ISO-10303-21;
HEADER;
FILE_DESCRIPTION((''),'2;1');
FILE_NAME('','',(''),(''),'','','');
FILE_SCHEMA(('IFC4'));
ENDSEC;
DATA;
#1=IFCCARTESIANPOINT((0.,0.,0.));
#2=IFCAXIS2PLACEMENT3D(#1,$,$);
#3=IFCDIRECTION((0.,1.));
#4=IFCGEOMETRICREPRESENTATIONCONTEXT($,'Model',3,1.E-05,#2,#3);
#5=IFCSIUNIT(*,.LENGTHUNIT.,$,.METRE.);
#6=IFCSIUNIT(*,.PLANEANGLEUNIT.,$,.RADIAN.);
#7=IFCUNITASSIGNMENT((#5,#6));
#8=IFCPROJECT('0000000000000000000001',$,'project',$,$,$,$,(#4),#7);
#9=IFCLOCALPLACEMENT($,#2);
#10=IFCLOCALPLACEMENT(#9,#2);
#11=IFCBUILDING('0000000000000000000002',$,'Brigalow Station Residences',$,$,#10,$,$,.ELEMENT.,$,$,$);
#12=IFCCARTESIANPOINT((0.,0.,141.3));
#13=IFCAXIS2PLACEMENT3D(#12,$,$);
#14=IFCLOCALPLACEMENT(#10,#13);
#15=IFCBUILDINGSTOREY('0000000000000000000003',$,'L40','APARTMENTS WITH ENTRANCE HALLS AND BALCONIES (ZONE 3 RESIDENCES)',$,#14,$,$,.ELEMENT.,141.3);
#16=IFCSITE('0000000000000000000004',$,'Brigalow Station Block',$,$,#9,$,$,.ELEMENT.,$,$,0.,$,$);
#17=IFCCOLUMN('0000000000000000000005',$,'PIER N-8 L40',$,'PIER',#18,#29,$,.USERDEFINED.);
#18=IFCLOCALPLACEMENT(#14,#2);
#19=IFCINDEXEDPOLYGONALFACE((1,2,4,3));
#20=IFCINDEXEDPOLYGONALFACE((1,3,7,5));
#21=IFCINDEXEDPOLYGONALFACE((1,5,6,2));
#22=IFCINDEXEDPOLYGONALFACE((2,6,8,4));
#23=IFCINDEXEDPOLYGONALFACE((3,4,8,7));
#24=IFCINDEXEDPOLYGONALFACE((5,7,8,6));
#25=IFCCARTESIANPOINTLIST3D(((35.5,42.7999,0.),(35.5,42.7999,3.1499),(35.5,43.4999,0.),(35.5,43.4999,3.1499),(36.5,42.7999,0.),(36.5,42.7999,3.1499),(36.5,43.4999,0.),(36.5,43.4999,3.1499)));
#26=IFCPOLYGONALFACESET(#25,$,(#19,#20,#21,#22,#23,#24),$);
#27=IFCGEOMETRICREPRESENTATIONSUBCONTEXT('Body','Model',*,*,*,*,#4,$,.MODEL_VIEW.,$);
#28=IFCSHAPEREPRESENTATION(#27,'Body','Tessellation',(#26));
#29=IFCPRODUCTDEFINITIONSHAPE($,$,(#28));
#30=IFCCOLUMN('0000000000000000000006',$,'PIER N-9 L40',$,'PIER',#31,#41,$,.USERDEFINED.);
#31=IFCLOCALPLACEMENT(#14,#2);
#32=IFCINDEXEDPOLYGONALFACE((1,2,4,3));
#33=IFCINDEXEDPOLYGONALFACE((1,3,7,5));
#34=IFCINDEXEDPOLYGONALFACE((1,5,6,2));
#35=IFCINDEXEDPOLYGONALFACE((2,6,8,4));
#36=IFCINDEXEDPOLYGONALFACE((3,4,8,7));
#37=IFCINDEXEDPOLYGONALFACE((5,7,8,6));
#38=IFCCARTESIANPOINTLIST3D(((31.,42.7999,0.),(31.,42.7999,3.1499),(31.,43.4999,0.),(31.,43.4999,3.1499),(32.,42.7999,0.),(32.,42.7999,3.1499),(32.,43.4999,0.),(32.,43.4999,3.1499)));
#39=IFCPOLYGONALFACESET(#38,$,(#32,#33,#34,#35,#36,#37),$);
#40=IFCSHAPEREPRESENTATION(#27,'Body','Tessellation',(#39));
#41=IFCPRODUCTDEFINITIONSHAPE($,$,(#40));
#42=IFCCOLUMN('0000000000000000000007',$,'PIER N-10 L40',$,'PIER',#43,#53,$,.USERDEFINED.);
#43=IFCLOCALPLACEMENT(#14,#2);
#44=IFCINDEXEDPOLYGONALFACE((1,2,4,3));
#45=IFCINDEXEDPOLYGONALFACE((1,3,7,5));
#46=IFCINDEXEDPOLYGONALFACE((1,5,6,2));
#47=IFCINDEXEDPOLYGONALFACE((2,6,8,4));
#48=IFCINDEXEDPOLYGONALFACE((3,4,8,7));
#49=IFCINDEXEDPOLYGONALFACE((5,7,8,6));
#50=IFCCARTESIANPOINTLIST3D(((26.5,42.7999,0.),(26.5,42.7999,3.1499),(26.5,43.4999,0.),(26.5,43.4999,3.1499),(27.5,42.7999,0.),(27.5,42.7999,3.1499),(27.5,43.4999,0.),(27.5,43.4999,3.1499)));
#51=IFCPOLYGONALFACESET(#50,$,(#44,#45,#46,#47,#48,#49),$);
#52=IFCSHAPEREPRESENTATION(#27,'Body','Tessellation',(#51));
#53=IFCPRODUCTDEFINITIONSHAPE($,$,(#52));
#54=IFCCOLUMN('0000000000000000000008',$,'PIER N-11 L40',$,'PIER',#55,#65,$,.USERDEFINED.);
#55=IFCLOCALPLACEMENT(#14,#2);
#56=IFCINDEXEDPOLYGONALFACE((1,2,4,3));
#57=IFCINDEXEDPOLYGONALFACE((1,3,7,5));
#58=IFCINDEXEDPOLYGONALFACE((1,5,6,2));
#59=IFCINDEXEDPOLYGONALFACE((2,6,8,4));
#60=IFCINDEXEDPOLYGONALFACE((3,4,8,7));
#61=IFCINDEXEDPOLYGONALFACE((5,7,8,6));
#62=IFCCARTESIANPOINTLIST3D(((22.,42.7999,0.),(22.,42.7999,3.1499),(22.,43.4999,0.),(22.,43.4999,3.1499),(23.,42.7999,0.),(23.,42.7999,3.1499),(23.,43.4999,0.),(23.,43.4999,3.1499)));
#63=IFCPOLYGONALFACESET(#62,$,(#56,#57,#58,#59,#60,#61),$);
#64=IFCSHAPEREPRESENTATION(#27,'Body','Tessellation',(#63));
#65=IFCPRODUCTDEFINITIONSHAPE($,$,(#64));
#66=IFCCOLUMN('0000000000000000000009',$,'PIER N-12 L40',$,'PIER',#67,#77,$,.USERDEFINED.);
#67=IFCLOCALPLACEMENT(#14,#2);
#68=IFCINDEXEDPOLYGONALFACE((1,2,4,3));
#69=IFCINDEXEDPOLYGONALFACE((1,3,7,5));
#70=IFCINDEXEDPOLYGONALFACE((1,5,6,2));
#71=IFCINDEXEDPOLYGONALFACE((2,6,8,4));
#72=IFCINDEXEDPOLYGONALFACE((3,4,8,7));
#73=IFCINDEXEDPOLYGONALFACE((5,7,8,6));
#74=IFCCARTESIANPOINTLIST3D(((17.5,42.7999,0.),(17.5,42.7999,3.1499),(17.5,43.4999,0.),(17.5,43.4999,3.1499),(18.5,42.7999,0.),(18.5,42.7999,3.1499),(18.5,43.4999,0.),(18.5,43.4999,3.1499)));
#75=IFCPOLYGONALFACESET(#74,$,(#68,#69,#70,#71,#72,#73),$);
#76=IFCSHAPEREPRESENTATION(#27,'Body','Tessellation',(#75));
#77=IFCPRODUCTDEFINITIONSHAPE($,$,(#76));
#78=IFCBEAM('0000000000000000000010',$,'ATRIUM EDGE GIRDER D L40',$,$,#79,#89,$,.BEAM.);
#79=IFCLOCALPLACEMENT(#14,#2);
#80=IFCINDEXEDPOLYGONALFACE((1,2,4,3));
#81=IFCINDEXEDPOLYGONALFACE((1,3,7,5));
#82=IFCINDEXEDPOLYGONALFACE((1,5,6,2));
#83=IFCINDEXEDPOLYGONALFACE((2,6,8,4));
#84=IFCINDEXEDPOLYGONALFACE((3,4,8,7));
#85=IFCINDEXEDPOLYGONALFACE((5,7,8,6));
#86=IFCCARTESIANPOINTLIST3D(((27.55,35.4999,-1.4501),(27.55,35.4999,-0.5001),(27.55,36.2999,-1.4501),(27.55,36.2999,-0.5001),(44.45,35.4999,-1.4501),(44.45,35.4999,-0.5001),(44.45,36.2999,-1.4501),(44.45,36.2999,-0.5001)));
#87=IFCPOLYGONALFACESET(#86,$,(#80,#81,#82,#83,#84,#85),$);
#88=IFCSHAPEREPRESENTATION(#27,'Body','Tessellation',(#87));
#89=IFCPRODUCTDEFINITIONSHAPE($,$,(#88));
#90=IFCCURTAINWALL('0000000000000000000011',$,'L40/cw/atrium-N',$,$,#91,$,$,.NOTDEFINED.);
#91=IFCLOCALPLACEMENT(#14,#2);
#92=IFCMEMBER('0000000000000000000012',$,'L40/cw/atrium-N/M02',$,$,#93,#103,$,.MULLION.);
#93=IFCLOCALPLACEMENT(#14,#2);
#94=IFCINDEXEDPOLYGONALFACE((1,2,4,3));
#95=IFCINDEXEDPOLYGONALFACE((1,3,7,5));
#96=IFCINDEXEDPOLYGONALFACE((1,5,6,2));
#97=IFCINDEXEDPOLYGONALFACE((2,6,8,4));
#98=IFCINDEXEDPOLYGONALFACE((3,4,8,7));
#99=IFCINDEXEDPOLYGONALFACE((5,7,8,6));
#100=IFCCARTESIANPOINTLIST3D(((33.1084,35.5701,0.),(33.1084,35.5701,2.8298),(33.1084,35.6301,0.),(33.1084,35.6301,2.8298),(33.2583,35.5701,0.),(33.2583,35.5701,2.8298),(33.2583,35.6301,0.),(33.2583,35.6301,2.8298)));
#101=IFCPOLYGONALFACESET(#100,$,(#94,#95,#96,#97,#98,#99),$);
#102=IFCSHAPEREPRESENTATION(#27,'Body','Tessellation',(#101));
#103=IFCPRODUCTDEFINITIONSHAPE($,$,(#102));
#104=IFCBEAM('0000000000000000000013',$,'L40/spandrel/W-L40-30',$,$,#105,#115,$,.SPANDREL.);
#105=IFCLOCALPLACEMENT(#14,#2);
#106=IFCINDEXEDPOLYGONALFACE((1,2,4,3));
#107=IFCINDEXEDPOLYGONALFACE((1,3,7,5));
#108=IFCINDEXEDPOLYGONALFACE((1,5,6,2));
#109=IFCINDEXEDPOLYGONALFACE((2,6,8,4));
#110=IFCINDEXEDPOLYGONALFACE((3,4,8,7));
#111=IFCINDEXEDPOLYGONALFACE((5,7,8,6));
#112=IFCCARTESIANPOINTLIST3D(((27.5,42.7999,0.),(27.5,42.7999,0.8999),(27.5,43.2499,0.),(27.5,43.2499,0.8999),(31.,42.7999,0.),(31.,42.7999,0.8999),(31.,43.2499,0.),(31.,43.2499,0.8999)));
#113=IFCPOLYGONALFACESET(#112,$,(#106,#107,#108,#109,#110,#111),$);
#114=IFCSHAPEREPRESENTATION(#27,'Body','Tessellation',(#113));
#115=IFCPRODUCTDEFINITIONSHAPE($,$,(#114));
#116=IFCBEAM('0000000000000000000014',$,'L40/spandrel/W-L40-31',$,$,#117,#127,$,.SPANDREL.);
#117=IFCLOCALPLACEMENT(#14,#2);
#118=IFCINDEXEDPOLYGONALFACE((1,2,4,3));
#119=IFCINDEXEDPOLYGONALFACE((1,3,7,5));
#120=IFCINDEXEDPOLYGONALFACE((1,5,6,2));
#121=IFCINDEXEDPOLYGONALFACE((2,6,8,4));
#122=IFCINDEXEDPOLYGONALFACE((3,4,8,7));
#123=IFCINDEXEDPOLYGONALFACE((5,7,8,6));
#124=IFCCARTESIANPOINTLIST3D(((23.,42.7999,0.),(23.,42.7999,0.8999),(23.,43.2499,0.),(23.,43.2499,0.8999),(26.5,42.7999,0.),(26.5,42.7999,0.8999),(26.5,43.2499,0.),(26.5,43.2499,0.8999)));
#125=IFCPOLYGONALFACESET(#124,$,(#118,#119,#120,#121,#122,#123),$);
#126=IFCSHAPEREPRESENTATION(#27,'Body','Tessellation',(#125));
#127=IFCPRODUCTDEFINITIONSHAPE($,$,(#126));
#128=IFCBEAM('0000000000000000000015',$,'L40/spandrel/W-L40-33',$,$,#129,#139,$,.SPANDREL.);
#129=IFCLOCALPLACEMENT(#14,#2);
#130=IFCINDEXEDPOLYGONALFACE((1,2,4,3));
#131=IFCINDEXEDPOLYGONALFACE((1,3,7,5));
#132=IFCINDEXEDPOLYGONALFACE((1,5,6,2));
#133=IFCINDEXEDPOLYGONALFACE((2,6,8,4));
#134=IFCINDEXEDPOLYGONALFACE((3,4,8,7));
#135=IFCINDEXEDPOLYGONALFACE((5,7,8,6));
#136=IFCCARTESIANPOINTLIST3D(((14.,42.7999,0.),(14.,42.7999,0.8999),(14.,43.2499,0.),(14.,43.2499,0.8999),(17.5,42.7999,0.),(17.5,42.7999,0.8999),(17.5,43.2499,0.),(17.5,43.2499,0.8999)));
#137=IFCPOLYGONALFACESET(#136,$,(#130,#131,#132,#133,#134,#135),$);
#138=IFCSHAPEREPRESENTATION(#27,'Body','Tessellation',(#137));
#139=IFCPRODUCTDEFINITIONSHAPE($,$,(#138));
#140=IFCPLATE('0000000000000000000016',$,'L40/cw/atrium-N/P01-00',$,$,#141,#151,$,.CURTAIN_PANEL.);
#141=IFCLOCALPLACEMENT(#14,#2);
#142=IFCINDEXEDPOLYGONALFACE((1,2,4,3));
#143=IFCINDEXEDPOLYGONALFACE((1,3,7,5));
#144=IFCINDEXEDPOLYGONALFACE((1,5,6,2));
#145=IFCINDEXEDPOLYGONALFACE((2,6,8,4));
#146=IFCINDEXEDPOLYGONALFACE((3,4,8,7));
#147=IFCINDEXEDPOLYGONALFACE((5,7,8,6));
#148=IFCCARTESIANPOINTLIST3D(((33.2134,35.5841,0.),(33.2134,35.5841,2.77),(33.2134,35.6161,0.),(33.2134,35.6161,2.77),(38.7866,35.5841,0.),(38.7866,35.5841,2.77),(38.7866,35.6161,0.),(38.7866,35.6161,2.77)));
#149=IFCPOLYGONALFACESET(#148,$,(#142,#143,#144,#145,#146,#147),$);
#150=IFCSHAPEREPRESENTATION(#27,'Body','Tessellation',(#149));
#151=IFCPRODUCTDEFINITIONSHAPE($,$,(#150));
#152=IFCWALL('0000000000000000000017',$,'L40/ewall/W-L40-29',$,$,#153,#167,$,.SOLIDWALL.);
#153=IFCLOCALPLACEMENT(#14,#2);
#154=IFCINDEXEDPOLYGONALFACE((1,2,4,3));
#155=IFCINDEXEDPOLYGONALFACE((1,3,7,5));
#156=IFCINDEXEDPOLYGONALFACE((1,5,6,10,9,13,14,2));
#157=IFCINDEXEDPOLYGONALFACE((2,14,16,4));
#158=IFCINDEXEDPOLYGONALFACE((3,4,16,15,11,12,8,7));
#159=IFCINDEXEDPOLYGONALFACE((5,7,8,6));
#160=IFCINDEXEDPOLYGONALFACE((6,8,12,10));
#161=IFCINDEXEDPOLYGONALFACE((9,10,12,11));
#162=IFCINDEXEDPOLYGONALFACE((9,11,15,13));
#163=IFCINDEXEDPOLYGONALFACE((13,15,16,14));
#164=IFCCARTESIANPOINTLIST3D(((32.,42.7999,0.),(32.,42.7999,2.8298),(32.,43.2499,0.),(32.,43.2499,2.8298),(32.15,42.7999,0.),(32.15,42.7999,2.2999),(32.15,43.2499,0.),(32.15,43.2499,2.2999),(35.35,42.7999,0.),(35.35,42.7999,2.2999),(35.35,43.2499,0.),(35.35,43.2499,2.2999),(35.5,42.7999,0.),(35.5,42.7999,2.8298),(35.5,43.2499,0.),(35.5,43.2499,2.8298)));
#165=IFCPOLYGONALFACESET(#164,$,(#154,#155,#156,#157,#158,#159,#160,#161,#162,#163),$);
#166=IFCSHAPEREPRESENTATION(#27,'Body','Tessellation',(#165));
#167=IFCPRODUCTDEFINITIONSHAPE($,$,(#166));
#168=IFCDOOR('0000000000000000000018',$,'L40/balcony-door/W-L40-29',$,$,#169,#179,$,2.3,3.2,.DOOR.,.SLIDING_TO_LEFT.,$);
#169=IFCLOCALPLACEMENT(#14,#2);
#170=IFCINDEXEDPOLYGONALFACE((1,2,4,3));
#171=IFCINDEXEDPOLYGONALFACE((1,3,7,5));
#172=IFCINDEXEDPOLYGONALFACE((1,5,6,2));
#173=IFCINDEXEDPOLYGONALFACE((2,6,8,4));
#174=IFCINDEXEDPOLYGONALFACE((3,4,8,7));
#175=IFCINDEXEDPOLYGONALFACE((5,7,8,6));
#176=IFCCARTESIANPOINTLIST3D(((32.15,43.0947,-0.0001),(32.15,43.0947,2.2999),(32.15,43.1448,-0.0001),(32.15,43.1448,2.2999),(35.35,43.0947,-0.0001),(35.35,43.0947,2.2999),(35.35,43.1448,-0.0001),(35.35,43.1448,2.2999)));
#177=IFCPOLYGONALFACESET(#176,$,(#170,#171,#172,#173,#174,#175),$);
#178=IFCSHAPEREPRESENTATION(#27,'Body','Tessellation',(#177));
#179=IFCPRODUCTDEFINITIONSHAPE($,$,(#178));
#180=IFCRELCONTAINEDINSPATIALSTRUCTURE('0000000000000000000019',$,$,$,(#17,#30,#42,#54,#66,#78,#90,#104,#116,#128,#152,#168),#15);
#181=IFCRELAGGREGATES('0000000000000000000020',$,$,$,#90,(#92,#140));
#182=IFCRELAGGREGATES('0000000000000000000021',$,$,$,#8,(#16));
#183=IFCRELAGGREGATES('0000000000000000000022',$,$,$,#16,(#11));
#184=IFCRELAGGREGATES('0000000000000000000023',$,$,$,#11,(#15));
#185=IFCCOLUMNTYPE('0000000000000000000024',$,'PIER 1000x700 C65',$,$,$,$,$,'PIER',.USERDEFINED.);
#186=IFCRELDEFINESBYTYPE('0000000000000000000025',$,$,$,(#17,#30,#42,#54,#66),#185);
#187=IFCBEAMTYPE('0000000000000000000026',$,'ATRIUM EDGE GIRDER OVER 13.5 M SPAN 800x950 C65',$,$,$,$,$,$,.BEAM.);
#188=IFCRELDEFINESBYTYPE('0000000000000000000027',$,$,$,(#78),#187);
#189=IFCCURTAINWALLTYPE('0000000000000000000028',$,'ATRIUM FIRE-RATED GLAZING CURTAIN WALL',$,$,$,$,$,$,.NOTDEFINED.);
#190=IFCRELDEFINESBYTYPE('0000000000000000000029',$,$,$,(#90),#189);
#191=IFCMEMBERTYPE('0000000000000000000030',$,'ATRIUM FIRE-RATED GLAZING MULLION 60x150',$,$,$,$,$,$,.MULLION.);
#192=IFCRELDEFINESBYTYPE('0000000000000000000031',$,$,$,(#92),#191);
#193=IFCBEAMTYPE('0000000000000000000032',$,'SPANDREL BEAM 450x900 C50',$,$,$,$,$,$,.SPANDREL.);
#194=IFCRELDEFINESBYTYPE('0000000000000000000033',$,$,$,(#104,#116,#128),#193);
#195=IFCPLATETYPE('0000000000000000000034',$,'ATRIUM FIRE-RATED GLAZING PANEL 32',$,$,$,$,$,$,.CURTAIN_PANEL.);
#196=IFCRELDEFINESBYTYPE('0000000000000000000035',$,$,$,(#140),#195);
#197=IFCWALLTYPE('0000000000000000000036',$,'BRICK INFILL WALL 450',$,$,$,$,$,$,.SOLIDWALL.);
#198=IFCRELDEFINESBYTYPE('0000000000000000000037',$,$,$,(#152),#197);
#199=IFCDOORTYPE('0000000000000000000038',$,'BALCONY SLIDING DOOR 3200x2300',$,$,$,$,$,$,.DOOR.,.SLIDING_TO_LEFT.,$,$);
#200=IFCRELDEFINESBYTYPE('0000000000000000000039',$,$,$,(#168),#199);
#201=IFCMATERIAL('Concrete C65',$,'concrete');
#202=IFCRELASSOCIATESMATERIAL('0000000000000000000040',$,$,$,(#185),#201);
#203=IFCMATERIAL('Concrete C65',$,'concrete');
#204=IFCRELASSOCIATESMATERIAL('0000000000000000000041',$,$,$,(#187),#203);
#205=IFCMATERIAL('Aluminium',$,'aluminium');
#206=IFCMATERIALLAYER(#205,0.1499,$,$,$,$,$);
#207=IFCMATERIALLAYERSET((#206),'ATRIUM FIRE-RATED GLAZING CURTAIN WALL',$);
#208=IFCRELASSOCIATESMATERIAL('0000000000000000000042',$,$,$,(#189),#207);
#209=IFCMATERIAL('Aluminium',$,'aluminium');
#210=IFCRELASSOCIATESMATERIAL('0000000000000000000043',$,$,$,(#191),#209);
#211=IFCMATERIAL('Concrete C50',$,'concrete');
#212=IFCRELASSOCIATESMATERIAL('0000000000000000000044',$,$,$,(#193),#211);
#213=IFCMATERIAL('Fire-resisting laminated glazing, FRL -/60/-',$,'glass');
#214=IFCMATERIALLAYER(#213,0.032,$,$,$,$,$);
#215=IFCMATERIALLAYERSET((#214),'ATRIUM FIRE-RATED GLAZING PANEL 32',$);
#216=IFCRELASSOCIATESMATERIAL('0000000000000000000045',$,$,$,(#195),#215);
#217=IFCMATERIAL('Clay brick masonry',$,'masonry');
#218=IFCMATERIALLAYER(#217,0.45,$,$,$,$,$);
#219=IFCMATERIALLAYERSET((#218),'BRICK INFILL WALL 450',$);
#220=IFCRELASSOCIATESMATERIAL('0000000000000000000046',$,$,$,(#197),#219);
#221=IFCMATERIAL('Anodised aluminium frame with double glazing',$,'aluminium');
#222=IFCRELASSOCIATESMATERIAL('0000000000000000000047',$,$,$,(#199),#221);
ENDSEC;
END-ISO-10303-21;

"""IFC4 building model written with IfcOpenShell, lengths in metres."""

from ifc_helpers import new_model, si_unit, direction, frame, frame_2d, origin, origin_2d, place, context, subcontext, project, spatial, rectangle, extrude, material, layer, layer_set, material_profile, profile_set, type_object, element, fill, aggregate, save


model = new_model("IFC4")

# Units and contexts
model_context = context("Model", 3, precision=1e-05, world=origin(), true_north=direction((0.0, 1.0)))
body_context = subcontext(model_context, "Body", "Model", "MODEL_VIEW")
ifc_project = project(units=[si_unit("LENGTHUNIT", "METRE"), si_unit("PLANEANGLEUNIT", "RADIAN")], contexts=[model_context])

# Site, building, storey
site_placement = place(None, origin())
site = spatial("IfcSite", under=ifc_project, at=site_placement, Name="Brigalow Station Block", CompositionType="ELEMENT", RefElevation=0.0)
building_placement = place(site_placement, origin())
building = spatial("IfcBuilding", under=site, at=building_placement, Name="Brigalow Station Residences", CompositionType="ELEMENT")
storey_placement = place(building_placement, frame((0.0, 0.0, 141.3)))
storey = spatial("IfcBuildingStorey", under=building, at=storey_placement, Name="L40", Description="APARTMENTS WITH ENTRANCE HALLS AND BALCONIES (ZONE 3 RESIDENCES)", CompositionType="ELEMENT", Elevation=141.3)

# Columns
ifc_material_1 = material(Name="Concrete C65", Category="concrete")
ifc_material_profile_1 = material_profile(ifc_material_1, rectangle(XDim=1.0, YDim=0.7, at=origin_2d()), Name="RC1000x700")
ifc_profile_set_1 = profile_set([ifc_material_profile_1], Name="Concrete C65")
column_type = type_object("IfcColumnType", Name="PIER 1000x700 C65", ElementType="PIER", PredefinedType="USERDEFINED", material=ifc_profile_set_1)
for number, where, z_axis, x_axis, name in (
    (1, (36.0, 43.1499, 0.0), (0.0, 0.0, 1.0), (-1.0, 0.0, 0.0), "PIER N-8 L40"),
    (2, (31.5, 43.1499, 0.0), (0.0, 0.0, 1.0), (-1.0, 0.0, 0.0), "PIER N-9 L40"),
    (3, (27.0, 43.1499, 0.0), (0.0, 0.0, 1.0), (-1.0, 0.0, 0.0), "PIER N-10 L40"),
    (4, (22.5, 43.1499, 0.0), (0.0, 0.0, 1.0), (-1.0, 0.0, 0.0), "PIER N-11 L40"),
    (5, (18.0, 43.1499, 0.0), (0.0, 0.0, 1.0), (-1.0, 0.0, 0.0), "PIER N-12 L40"),
):
    element("IfcColumn", number, at=place(storey_placement, frame(where, z_axis=z_axis, x_axis=x_axis)), inside=storey, type_object=column_type, Name=name, ObjectType="PIER", PredefinedType="USERDEFINED", context=body_context, shape_type="SweptSolid", body=[
        extrude(rectangle(XDim=1.0, YDim=0.7, at=origin_2d()), origin(), (0.0, 0.0, 1.0), 3.1499),
    ])

# Beam
ifc_material_2 = material(Name="Concrete C65", Category="concrete")
ifc_material_profile_2 = material_profile(ifc_material_2, rectangle(XDim=0.8, YDim=0.95, at=origin_2d()), Name="RC800x950")
ifc_profile_set_2 = profile_set([ifc_material_profile_2], Name="Concrete C65")
beam_type_1 = type_object("IfcBeamType", Name="ATRIUM EDGE GIRDER OVER 13.5 M SPAN 800x950 C65", PredefinedType="BEAM", material=ifc_profile_set_2)
beam_placement = place(storey_placement, frame((27.55, 35.8999, -0.9751), z_axis=(1.0, 0.0, 0.0), x_axis=(0.0, 1.0, 0.0)))
element("IfcBeam", 6, at=beam_placement, inside=storey, type_object=beam_type_1, Name="ATRIUM EDGE GIRDER D L40", PredefinedType="BEAM", context=body_context, shape_type="SweptSolid", body=[
    extrude(rectangle(XDim=0.8, YDim=0.95, at=origin_2d()), origin(), (0.0, 0.0, 1.0), 16.8999),
])

# Curtain wall, member
ifc_material_3 = material(Name="Aluminium", Category="aluminium")
ifc_layer_1 = layer(ifc_material_3, 0.1499)
ifc_layer_set_1 = layer_set([ifc_layer_1], Name="ATRIUM FIRE-RATED GLAZING CURTAIN WALL")
curtain_wall_type = type_object("IfcCurtainWallType", Name="ATRIUM FIRE-RATED GLAZING CURTAIN WALL", PredefinedType="NOTDEFINED", material=ifc_layer_set_1)
curtain_wall_placement = place(storey_placement, origin())
curtain_wall = element("IfcCurtainWall", 7, at=curtain_wall_placement, inside=storey, type_object=curtain_wall_type, Name="L40/cw/atrium-N", PredefinedType="NOTDEFINED")
ifc_material_4 = material(Name="Aluminium", Category="aluminium")
ifc_material_profile_3 = material_profile(ifc_material_4, rectangle(XDim=0.0601, YDim=0.1499, at=origin_2d()), Name="ATRIUM FIRE-RATED GLAZING MULLION 60x150")
ifc_profile_set_3 = profile_set([ifc_material_profile_3], Name="Aluminium")
member_type = type_object("IfcMemberType", Name="ATRIUM FIRE-RATED GLAZING MULLION 60x150", PredefinedType="MULLION", material=ifc_profile_set_3)
member_placement = place(storey_placement, frame((33.1833, 35.6001, 0.0), z_axis=(0.0, 0.0, 1.0), x_axis=(0.0, -1.0, 0.0)))
member = element("IfcMember", 8, at=member_placement, type_object=member_type, Name="L40/cw/atrium-N/M02", PredefinedType="MULLION", context=body_context, shape_type="SweptSolid", body=[
    extrude(rectangle(XDim=0.0601, YDim=0.1499, at=origin_2d()), origin(), (0.0, 0.0, 1.0), 2.8298),
])

# Beams
ifc_material_5 = material(Name="Concrete C50", Category="concrete")
ifc_material_profile_4 = material_profile(ifc_material_5, rectangle(XDim=0.45, YDim=0.8999, at=origin_2d()), Name="RC450x900")
ifc_profile_set_4 = profile_set([ifc_material_profile_4], Name="Concrete C50")
beam_type_2 = type_object("IfcBeamType", Name="SPANDREL BEAM 450x900 C50", PredefinedType="SPANDREL", material=ifc_profile_set_4)
for number, where, z_axis, x_axis, name in (
    (9, (31.0, 43.0249, 0.45), (-1.0, 0.0, 0.0), (0.0, -1.0, 0.0), "L40/spandrel/W-L40-30"),
    (10, (26.5, 43.0249, 0.45), (-1.0, 0.0, 0.0), (0.0, -1.0, 0.0), "L40/spandrel/W-L40-31"),
    (11, (17.5, 43.0249, 0.45), (-1.0, 0.0, 0.0), (0.0, -1.0, 0.0), "L40/spandrel/W-L40-33"),
):
    element("IfcBeam", number, at=place(storey_placement, frame(where, z_axis=z_axis, x_axis=x_axis)), inside=storey, type_object=beam_type_2, Name=name, PredefinedType="SPANDREL", context=body_context, shape_type="SweptSolid", body=[
        extrude(rectangle(XDim=0.45, YDim=0.8999, at=origin_2d()), origin(), (0.0, 0.0, 1.0), 3.5),
    ])

# Plate
ifc_material_6 = material(Name="Fire-resisting laminated glazing, FRL -/60/-", Category="glass")
ifc_layer_2 = layer(ifc_material_6, 0.032)
ifc_layer_set_2 = layer_set([ifc_layer_2], Name="ATRIUM FIRE-RATED GLAZING PANEL 32")
plate_type = type_object("IfcPlateType", Name="ATRIUM FIRE-RATED GLAZING PANEL 32", PredefinedType="CURTAIN_PANEL", material=ifc_layer_set_2)
plate_placement = place(storey_placement, frame((36.0, 35.6001, 0.0), z_axis=(0.0, 0.0, 1.0), x_axis=(-1.0, 0.0, 0.0)))
plate = element("IfcPlate", 12, at=plate_placement, type_object=plate_type, Name="L40/cw/atrium-N/P01-00", PredefinedType="CURTAIN_PANEL", context=body_context, shape_type="SweptSolid", body=[
    extrude(rectangle(XDim=5.5732, YDim=0.032, at=origin_2d()), origin(), (0.0, 0.0, 1.0), 2.77),
])
aggregate(curtain_wall, [member, plate])

# Wall, opening, door
ifc_material_7 = material(Name="Clay brick masonry", Category="masonry")
ifc_layer_3 = layer(ifc_material_7, 0.45)
ifc_layer_set_3 = layer_set([ifc_layer_3], Name="BRICK INFILL WALL 450")
wall_type_1 = type_object("IfcWallType", Name="BRICK INFILL WALL 450", PredefinedType="SOLIDWALL", material=ifc_layer_set_3)
wall_1_placement = place(storey_placement, frame((35.5, 43.0249, 0.0), z_axis=(0.0, 0.0, 1.0), x_axis=(-1.0, 0.0, 0.0)))
wall_1 = element("IfcWall", 13, at=wall_1_placement, inside=storey, type_object=wall_type_1, Name="L40/ewall/W-L40-29", PredefinedType="SOLIDWALL", context=body_context, shape_type="SweptSolid", body=[
    extrude(rectangle(XDim=3.5, YDim=0.45, at=frame_2d((1.75, 0.0))), origin(), (0.0, 0.0, 1.0), 2.8298),
])
opening_1_placement = place(wall_1_placement, frame((0.1499, 0.0, 0.0)))
opening_1 = element("IfcOpeningElement", 14, at=opening_1_placement, cuts=wall_1, PredefinedType="OPENING", context=body_context, shape_type="SweptSolid", body=[
    extrude(rectangle(XDim=3.2, YDim=2.3, at=frame_2d((1.6001, 1.1499))), frame((0.0, 0.2349, 0.0), z_axis=(0.0, -1.0, 0.0), x_axis=(1.0, 0.0, 0.0)), (0.0, 0.0, 1.0), 0.47),
])
ifc_material_8 = material(Name="Anodised aluminium frame with double glazing", Category="aluminium")
door_type = type_object("IfcDoorType", Name="BALCONY SLIDING DOOR 3200x2300", OperationType="SLIDING_TO_LEFT", PredefinedType="DOOR", material=ifc_material_8)
door_1_placement = place(opening_1_placement, origin())
door_1 = element("IfcDoor", 15, at=door_1_placement, inside=storey, type_object=door_type, Name="L40/balcony-door/W-L40-29", OperationType="SLIDING_TO_LEFT", OverallHeight=2.3, OverallWidth=3.2, PredefinedType="DOOR", context=body_context, shape_type="SweptSolid", body=[
    extrude(rectangle(XDim=3.2, YDim=2.3, at=frame_2d((1.6001, 1.1499))), frame((0.0, -0.0698, 0.0), z_axis=(0.0, -1.0, 0.0), x_axis=(1.0, 0.0, 0.0)), (0.0, 0.0, 1.0), 0.05),
])
fill(opening_1, door_1)

save(model, "model.ifc")
